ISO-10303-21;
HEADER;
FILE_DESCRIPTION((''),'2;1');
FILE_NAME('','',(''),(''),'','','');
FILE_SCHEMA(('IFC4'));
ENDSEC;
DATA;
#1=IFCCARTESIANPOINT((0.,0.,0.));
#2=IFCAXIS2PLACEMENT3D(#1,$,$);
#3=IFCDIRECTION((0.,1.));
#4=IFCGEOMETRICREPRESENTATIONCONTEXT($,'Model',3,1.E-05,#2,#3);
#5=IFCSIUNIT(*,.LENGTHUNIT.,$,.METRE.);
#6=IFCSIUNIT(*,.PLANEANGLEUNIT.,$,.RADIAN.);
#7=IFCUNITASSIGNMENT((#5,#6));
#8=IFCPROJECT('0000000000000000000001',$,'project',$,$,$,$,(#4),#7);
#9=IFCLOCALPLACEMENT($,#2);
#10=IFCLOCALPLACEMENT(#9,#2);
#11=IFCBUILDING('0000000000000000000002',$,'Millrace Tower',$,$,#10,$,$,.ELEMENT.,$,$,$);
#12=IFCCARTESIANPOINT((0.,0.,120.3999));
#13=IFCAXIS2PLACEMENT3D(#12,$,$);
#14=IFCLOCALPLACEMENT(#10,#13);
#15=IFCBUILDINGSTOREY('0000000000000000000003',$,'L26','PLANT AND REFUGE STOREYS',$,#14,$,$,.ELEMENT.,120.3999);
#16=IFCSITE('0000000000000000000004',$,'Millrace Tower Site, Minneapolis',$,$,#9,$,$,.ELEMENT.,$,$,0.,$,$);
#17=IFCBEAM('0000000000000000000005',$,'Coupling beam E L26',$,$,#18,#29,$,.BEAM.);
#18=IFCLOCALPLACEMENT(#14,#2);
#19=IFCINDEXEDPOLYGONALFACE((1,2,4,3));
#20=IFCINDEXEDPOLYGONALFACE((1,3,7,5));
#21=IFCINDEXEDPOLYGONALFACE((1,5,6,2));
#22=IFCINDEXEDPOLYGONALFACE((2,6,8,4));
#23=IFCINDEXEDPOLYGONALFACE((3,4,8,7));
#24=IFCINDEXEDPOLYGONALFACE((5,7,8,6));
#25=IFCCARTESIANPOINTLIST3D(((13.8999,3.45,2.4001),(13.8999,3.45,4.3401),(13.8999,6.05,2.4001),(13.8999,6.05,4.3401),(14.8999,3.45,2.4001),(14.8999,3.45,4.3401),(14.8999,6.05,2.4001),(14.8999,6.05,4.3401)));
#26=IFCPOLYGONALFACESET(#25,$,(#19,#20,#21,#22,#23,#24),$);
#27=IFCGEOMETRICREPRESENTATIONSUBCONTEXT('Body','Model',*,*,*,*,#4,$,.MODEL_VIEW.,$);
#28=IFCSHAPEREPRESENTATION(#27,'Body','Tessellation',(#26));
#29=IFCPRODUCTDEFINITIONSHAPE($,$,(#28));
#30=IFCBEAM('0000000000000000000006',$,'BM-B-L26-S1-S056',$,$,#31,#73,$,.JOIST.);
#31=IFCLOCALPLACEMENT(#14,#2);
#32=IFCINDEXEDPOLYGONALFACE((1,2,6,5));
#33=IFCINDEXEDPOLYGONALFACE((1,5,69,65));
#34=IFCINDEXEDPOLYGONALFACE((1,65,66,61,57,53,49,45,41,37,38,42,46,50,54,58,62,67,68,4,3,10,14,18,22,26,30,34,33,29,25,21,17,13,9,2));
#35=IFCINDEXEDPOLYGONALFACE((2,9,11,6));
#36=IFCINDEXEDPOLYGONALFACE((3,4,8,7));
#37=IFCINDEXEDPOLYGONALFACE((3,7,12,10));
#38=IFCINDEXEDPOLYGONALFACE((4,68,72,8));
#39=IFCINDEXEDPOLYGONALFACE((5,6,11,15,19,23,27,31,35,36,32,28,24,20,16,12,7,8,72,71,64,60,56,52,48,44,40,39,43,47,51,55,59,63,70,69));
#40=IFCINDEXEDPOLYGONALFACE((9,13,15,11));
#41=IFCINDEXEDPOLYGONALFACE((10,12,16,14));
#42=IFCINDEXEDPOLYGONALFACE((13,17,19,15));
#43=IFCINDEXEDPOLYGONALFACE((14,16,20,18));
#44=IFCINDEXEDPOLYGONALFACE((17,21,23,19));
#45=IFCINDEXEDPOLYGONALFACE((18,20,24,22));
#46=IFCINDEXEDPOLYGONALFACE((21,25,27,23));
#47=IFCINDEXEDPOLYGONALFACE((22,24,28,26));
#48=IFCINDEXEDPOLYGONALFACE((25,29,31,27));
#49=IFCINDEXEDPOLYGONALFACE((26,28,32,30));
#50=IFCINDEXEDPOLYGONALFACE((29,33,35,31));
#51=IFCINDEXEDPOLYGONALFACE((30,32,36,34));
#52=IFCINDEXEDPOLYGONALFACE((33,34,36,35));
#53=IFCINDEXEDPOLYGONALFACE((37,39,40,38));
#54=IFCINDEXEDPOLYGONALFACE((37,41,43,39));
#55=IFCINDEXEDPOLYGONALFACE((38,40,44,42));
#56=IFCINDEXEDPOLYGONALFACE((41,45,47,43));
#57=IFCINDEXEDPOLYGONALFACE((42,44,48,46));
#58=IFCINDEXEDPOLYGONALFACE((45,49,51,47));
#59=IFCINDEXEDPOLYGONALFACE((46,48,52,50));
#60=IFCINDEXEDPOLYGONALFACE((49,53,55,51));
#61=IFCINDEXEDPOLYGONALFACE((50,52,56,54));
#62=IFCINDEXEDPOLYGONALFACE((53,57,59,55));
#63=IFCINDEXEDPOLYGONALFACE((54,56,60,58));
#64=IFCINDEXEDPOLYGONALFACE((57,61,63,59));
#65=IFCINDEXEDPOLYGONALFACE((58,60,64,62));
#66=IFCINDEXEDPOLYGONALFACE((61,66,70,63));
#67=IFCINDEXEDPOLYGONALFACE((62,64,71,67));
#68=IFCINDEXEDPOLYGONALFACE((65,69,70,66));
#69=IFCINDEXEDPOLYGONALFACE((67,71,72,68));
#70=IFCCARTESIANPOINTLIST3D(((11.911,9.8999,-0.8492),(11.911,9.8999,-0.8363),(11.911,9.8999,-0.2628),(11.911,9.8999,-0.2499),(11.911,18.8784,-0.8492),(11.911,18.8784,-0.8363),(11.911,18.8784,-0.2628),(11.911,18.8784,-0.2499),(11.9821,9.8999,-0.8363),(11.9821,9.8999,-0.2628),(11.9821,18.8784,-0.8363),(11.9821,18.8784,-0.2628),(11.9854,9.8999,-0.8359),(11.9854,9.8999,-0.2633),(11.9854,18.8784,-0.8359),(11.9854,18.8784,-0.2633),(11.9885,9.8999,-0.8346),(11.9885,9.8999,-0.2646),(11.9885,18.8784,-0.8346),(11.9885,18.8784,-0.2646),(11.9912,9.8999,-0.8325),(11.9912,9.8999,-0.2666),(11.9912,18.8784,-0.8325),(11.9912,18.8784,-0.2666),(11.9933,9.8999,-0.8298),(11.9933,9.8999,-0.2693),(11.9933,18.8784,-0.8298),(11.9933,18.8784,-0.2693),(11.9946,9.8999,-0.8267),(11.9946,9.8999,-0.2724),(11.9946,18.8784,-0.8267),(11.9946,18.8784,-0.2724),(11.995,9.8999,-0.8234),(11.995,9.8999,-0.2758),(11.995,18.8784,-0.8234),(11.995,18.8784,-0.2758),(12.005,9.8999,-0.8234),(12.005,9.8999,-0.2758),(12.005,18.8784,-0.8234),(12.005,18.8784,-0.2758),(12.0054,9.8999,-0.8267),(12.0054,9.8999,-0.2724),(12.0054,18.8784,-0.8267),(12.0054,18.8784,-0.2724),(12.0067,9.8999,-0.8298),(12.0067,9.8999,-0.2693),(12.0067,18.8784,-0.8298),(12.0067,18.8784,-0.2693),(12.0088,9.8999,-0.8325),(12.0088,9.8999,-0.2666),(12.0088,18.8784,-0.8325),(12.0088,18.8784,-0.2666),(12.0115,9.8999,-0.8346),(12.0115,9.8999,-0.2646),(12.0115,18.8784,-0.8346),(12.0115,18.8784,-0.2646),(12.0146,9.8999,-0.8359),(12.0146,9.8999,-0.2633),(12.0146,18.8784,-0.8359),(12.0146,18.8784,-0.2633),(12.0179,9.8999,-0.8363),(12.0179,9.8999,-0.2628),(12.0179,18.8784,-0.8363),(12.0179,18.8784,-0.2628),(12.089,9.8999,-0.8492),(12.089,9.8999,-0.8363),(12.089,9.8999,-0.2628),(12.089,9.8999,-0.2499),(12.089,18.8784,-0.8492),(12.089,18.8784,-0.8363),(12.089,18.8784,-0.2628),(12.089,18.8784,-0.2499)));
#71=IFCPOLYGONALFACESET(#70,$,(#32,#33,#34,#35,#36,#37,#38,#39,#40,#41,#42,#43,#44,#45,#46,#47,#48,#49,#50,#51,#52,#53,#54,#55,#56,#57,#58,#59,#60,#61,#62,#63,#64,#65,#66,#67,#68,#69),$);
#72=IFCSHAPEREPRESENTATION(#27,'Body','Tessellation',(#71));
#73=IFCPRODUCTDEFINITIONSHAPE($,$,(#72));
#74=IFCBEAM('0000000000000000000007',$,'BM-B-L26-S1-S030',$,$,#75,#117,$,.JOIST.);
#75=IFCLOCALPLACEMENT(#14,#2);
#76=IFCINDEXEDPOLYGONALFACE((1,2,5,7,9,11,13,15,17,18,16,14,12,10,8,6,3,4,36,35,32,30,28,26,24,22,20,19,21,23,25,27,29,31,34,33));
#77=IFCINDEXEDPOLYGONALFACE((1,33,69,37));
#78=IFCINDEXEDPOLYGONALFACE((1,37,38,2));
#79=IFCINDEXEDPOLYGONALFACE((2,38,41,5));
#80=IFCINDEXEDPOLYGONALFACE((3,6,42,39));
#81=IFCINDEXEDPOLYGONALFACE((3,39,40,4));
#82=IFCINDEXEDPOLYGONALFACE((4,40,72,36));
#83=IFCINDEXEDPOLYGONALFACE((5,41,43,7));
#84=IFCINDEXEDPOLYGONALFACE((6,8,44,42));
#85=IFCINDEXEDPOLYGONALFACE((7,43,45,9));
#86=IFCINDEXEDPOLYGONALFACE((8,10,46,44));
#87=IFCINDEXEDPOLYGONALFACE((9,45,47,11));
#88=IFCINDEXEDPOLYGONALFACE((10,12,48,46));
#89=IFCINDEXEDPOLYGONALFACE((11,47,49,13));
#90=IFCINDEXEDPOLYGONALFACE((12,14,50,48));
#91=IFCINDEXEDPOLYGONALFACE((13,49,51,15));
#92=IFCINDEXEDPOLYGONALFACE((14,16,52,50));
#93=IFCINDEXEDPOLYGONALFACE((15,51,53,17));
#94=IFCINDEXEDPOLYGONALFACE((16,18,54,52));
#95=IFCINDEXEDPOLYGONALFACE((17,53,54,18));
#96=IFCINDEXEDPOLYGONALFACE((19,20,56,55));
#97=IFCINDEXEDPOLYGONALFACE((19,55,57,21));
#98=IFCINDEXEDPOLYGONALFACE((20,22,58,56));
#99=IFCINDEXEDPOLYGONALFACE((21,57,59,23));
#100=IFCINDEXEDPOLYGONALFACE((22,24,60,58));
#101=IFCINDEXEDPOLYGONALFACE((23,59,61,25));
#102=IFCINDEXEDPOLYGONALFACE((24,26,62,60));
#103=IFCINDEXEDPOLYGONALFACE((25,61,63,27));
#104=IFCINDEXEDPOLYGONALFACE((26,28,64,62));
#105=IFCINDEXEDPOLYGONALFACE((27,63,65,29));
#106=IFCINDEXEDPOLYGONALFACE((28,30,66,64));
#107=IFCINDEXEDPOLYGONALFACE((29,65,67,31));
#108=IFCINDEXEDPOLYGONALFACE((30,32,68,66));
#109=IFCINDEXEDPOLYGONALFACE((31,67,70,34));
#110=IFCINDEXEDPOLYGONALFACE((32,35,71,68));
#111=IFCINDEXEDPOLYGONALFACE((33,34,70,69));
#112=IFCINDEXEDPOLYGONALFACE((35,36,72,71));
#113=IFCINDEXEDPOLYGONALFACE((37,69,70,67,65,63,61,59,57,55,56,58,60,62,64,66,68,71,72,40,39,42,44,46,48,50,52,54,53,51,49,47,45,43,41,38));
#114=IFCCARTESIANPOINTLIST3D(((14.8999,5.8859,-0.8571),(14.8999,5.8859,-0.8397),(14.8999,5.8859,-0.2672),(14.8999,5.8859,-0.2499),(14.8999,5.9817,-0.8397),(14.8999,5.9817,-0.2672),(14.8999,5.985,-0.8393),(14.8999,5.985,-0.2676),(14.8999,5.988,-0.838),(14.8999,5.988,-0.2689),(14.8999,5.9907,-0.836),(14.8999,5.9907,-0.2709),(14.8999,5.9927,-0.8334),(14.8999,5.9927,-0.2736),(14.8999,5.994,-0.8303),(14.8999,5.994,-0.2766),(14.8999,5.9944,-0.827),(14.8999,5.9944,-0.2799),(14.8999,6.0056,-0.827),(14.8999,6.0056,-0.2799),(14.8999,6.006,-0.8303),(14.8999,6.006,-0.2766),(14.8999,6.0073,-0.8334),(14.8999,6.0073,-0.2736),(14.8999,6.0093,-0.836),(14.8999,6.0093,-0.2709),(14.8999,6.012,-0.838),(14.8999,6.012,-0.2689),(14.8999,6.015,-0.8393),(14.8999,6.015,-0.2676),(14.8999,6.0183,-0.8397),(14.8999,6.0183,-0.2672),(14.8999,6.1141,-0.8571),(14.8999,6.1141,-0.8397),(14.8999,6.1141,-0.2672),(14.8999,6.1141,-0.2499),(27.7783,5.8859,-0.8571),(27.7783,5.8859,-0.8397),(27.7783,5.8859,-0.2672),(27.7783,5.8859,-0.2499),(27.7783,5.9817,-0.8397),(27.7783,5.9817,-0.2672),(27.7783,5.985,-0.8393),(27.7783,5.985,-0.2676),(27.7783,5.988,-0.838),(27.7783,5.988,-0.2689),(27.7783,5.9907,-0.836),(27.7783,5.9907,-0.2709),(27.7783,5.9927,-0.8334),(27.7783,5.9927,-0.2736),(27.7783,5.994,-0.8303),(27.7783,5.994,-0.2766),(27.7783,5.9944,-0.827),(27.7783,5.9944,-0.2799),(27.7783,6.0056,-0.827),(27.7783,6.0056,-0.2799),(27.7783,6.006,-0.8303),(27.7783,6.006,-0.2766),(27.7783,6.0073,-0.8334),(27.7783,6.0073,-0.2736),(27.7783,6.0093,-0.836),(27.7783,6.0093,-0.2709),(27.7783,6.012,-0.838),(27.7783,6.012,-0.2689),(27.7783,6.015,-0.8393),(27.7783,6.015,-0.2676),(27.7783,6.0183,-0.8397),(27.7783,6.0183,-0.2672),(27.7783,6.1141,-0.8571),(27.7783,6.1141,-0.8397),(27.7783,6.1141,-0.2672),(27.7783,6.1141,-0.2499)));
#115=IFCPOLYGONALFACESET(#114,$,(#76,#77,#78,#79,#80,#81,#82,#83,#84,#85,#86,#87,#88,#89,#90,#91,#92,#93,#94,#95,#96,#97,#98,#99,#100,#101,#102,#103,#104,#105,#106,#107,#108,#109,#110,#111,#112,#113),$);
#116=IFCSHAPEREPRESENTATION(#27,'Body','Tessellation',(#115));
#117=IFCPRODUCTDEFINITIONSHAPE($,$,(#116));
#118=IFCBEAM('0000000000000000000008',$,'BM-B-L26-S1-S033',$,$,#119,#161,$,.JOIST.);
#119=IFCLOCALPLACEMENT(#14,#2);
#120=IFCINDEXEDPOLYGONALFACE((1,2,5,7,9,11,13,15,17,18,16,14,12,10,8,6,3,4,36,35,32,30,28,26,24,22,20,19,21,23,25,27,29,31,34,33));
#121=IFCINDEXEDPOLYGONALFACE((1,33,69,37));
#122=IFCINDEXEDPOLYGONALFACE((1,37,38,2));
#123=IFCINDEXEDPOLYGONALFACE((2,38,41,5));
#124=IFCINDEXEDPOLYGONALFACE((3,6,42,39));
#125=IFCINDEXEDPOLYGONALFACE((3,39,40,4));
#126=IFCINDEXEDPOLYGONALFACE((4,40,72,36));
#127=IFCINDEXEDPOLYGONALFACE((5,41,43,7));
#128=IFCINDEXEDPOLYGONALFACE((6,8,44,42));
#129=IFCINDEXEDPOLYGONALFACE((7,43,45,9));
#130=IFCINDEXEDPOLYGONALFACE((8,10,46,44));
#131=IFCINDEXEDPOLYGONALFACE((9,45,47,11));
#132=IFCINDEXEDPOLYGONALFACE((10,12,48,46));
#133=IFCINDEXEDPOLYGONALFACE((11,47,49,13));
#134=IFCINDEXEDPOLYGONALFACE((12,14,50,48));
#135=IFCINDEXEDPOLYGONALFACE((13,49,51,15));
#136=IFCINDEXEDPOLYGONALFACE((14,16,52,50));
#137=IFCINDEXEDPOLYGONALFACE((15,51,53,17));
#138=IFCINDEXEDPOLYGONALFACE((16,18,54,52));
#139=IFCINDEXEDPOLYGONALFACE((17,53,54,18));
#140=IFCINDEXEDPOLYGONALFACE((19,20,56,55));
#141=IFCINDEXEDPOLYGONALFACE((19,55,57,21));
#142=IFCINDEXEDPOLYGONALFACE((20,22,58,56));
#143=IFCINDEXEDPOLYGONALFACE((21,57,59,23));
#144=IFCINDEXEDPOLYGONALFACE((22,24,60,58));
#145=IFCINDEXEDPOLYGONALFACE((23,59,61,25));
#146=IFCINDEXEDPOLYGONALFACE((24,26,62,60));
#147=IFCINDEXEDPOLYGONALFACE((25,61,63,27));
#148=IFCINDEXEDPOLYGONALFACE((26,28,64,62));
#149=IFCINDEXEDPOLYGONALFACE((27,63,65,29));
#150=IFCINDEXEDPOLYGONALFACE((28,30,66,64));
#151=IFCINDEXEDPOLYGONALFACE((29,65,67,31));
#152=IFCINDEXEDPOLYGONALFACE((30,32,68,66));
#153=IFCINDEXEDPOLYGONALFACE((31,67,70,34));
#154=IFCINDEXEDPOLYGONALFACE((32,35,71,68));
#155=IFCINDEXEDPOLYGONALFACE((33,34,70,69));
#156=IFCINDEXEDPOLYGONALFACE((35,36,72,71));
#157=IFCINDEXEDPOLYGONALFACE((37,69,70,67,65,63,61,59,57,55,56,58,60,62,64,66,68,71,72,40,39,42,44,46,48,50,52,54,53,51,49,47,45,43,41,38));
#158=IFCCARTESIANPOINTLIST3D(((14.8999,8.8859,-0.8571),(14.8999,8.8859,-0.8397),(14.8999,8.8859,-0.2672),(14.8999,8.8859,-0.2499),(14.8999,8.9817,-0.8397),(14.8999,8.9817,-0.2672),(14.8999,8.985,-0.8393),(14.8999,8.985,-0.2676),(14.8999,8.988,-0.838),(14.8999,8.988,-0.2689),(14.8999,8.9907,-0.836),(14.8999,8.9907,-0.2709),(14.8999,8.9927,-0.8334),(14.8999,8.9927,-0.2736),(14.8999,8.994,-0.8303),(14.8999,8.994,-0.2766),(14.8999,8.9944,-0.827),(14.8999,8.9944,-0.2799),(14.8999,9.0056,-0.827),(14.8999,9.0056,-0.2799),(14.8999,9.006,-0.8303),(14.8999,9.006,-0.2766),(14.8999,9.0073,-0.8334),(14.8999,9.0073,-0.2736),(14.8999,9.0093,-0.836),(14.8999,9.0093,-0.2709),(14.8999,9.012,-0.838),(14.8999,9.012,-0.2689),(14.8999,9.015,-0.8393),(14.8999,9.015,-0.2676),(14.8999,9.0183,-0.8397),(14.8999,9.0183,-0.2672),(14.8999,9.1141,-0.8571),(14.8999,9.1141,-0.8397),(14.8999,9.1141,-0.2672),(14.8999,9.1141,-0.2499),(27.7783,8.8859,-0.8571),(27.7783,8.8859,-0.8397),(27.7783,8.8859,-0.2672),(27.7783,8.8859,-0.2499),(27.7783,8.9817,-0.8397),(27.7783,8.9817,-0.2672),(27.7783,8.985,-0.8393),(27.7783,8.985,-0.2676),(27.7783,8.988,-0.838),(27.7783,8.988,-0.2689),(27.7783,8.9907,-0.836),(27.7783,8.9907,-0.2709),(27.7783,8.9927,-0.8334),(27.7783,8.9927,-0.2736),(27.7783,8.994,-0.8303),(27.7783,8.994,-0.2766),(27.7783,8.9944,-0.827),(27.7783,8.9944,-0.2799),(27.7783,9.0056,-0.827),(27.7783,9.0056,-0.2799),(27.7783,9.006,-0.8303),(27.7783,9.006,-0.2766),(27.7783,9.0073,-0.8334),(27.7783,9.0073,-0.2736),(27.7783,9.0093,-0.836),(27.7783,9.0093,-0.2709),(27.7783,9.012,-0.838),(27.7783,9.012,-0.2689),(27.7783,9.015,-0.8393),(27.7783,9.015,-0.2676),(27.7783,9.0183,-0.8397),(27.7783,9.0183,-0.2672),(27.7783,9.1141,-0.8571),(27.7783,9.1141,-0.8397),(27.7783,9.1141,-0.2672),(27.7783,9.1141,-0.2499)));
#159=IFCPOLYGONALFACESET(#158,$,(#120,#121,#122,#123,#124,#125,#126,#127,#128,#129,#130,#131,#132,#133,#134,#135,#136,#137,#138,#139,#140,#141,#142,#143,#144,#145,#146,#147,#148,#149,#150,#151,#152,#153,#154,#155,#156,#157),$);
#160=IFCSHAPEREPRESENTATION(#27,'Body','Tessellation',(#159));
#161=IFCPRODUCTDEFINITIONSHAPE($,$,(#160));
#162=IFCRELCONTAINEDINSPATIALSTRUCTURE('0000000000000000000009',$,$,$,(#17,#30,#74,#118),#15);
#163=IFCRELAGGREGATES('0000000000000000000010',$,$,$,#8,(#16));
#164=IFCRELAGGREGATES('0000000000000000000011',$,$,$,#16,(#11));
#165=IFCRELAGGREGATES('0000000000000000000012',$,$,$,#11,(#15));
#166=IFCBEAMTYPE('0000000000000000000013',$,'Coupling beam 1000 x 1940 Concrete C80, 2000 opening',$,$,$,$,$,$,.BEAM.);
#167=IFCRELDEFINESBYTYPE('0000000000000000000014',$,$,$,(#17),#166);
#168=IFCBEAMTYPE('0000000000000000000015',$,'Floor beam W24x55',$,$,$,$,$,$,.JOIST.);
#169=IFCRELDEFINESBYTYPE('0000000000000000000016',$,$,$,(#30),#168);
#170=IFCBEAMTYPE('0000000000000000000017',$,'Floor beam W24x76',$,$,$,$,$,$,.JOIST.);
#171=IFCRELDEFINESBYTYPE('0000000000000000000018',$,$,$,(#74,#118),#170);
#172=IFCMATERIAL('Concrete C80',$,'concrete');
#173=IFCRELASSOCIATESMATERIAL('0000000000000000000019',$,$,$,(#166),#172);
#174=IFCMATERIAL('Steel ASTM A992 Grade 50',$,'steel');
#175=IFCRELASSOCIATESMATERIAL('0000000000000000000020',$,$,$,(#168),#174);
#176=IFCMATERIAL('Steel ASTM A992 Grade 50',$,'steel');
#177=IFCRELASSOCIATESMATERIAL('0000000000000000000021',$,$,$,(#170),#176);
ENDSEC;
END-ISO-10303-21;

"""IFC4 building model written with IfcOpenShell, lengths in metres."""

from ifc_helpers import new_model, si_unit, direction, frame, origin, origin_2d, place, context, subcontext, project, spatial, rectangle, i_section, extrude, material, material_profile, profile_set, type_object, element, save


model = new_model("IFC4")

# Units and contexts
model_context = context("Model", 3, precision=1e-05, world=origin(), true_north=direction((0.0, 1.0)))
body_context = subcontext(model_context, "Body", "Model", "MODEL_VIEW")
ifc_project = project(units=[si_unit("LENGTHUNIT", "METRE"), si_unit("PLANEANGLEUNIT", "RADIAN")], contexts=[model_context])

# Site, building, storey
site_placement = place(None, origin())
site = spatial("IfcSite", under=ifc_project, at=site_placement, Name="Millrace Tower Site, Minneapolis", CompositionType="ELEMENT", RefElevation=0.0)
building_placement = place(site_placement, origin())
building = spatial("IfcBuilding", under=site, at=building_placement, Name="Millrace Tower", CompositionType="ELEMENT")
storey_placement = place(building_placement, frame((0.0, 0.0, 120.3999)))
storey = spatial("IfcBuildingStorey", under=building, at=storey_placement, Name="L26", Description="PLANT AND REFUGE STOREYS", CompositionType="ELEMENT", Elevation=120.3999)

# Beams
ifc_material_1 = material(Name="Concrete C80", Category="concrete")
ifc_material_profile_1 = material_profile(ifc_material_1, rectangle(XDim=1.0, YDim=1.9399, at=origin_2d()))
ifc_profile_set_1 = profile_set([ifc_material_profile_1], Name="Concrete C80")
beam_type_1 = type_object("IfcBeamType", Name="Coupling beam 1000 x 1940 Concrete C80, 2000 opening", PredefinedType="BEAM", material=ifc_profile_set_1)
beam_1_placement = place(storey_placement, frame((14.3999, 6.05, 3.3701), z_axis=(0.0, -1.0, 0.0), x_axis=(1.0, 0.0, 0.0)))
element("IfcBeam", 1, at=beam_1_placement, inside=storey, type_object=beam_type_1, Name="Coupling beam E L26", PredefinedType="BEAM", context=body_context, shape_type="SweptSolid", body=[
    extrude(rectangle(XDim=1.0, YDim=1.9399, at=origin_2d()), origin(), (0.0, 0.0, 1.0), 2.6001),
])
ifc_material_2 = material(Name="Steel ASTM A992 Grade 50", Category="steel")
ifc_material_profile_2 = material_profile(ifc_material_2, i_section(OverallWidth=0.178, OverallDepth=0.5994, WebThickness=0.01, FlangeThickness=0.0129, FilletRadius=0.0129, at=origin_2d()))
ifc_profile_set_2 = profile_set([ifc_material_profile_2], Name="Steel ASTM A992 Grade 50")
beam_type_2 = type_object("IfcBeamType", Name="Floor beam W24x55", PredefinedType="JOIST", material=ifc_profile_set_2)
beam_2_placement = place(storey_placement, frame((12.0, 9.8999, -0.5496), z_axis=(0.0, 1.0, 0.0), x_axis=(-1.0, 0.0, 0.0)))
element("IfcBeam", 2, at=beam_2_placement, inside=storey, type_object=beam_type_2, Name="BM-B-L26-S1-S056", PredefinedType="JOIST", context=body_context, shape_type="SweptSolid", body=[
    extrude(i_section(OverallWidth=0.178, OverallDepth=0.5994, WebThickness=0.01, FlangeThickness=0.0129, FilletRadius=0.0129, at=origin_2d()), origin(), (0.0, 0.0, 1.0), 8.9785),
])
ifc_material_3 = material(Name="Steel ASTM A992 Grade 50", Category="steel")
ifc_material_profile_3 = material_profile(ifc_material_3, i_section(OverallWidth=0.2283, OverallDepth=0.6072, WebThickness=0.0112, FlangeThickness=0.0173, FilletRadius=0.0127, at=origin_2d()))
ifc_profile_set_3 = profile_set([ifc_material_profile_3], Name="Steel ASTM A992 Grade 50")
beam_type_3 = type_object("IfcBeamType", Name="Floor beam W24x76", PredefinedType="JOIST", material=ifc_profile_set_3)
for number, where, z_axis, x_axis, name in (
    (3, (14.8999, 6.0, -0.5535), (1.0, 0.0, 0.0), (0.0, 1.0, 0.0), "BM-B-L26-S1-S030"),
    (4, (14.8999, 9.0, -0.5535), (1.0, 0.0, 0.0), (0.0, 1.0, 0.0), "BM-B-L26-S1-S033"),
):
    element("IfcBeam", number, at=place(storey_placement, frame(where, z_axis=z_axis, x_axis=x_axis)), inside=storey, type_object=beam_type_3, Name=name, PredefinedType="JOIST", context=body_context, shape_type="SweptSolid", body=[
        extrude(i_section(OverallWidth=0.2283, OverallDepth=0.6072, WebThickness=0.0112, FlangeThickness=0.0173, FilletRadius=0.0127, at=origin_2d()), origin(), (0.0, 0.0, 1.0), 12.8784),
    ])

save(model, "model.ifc")
